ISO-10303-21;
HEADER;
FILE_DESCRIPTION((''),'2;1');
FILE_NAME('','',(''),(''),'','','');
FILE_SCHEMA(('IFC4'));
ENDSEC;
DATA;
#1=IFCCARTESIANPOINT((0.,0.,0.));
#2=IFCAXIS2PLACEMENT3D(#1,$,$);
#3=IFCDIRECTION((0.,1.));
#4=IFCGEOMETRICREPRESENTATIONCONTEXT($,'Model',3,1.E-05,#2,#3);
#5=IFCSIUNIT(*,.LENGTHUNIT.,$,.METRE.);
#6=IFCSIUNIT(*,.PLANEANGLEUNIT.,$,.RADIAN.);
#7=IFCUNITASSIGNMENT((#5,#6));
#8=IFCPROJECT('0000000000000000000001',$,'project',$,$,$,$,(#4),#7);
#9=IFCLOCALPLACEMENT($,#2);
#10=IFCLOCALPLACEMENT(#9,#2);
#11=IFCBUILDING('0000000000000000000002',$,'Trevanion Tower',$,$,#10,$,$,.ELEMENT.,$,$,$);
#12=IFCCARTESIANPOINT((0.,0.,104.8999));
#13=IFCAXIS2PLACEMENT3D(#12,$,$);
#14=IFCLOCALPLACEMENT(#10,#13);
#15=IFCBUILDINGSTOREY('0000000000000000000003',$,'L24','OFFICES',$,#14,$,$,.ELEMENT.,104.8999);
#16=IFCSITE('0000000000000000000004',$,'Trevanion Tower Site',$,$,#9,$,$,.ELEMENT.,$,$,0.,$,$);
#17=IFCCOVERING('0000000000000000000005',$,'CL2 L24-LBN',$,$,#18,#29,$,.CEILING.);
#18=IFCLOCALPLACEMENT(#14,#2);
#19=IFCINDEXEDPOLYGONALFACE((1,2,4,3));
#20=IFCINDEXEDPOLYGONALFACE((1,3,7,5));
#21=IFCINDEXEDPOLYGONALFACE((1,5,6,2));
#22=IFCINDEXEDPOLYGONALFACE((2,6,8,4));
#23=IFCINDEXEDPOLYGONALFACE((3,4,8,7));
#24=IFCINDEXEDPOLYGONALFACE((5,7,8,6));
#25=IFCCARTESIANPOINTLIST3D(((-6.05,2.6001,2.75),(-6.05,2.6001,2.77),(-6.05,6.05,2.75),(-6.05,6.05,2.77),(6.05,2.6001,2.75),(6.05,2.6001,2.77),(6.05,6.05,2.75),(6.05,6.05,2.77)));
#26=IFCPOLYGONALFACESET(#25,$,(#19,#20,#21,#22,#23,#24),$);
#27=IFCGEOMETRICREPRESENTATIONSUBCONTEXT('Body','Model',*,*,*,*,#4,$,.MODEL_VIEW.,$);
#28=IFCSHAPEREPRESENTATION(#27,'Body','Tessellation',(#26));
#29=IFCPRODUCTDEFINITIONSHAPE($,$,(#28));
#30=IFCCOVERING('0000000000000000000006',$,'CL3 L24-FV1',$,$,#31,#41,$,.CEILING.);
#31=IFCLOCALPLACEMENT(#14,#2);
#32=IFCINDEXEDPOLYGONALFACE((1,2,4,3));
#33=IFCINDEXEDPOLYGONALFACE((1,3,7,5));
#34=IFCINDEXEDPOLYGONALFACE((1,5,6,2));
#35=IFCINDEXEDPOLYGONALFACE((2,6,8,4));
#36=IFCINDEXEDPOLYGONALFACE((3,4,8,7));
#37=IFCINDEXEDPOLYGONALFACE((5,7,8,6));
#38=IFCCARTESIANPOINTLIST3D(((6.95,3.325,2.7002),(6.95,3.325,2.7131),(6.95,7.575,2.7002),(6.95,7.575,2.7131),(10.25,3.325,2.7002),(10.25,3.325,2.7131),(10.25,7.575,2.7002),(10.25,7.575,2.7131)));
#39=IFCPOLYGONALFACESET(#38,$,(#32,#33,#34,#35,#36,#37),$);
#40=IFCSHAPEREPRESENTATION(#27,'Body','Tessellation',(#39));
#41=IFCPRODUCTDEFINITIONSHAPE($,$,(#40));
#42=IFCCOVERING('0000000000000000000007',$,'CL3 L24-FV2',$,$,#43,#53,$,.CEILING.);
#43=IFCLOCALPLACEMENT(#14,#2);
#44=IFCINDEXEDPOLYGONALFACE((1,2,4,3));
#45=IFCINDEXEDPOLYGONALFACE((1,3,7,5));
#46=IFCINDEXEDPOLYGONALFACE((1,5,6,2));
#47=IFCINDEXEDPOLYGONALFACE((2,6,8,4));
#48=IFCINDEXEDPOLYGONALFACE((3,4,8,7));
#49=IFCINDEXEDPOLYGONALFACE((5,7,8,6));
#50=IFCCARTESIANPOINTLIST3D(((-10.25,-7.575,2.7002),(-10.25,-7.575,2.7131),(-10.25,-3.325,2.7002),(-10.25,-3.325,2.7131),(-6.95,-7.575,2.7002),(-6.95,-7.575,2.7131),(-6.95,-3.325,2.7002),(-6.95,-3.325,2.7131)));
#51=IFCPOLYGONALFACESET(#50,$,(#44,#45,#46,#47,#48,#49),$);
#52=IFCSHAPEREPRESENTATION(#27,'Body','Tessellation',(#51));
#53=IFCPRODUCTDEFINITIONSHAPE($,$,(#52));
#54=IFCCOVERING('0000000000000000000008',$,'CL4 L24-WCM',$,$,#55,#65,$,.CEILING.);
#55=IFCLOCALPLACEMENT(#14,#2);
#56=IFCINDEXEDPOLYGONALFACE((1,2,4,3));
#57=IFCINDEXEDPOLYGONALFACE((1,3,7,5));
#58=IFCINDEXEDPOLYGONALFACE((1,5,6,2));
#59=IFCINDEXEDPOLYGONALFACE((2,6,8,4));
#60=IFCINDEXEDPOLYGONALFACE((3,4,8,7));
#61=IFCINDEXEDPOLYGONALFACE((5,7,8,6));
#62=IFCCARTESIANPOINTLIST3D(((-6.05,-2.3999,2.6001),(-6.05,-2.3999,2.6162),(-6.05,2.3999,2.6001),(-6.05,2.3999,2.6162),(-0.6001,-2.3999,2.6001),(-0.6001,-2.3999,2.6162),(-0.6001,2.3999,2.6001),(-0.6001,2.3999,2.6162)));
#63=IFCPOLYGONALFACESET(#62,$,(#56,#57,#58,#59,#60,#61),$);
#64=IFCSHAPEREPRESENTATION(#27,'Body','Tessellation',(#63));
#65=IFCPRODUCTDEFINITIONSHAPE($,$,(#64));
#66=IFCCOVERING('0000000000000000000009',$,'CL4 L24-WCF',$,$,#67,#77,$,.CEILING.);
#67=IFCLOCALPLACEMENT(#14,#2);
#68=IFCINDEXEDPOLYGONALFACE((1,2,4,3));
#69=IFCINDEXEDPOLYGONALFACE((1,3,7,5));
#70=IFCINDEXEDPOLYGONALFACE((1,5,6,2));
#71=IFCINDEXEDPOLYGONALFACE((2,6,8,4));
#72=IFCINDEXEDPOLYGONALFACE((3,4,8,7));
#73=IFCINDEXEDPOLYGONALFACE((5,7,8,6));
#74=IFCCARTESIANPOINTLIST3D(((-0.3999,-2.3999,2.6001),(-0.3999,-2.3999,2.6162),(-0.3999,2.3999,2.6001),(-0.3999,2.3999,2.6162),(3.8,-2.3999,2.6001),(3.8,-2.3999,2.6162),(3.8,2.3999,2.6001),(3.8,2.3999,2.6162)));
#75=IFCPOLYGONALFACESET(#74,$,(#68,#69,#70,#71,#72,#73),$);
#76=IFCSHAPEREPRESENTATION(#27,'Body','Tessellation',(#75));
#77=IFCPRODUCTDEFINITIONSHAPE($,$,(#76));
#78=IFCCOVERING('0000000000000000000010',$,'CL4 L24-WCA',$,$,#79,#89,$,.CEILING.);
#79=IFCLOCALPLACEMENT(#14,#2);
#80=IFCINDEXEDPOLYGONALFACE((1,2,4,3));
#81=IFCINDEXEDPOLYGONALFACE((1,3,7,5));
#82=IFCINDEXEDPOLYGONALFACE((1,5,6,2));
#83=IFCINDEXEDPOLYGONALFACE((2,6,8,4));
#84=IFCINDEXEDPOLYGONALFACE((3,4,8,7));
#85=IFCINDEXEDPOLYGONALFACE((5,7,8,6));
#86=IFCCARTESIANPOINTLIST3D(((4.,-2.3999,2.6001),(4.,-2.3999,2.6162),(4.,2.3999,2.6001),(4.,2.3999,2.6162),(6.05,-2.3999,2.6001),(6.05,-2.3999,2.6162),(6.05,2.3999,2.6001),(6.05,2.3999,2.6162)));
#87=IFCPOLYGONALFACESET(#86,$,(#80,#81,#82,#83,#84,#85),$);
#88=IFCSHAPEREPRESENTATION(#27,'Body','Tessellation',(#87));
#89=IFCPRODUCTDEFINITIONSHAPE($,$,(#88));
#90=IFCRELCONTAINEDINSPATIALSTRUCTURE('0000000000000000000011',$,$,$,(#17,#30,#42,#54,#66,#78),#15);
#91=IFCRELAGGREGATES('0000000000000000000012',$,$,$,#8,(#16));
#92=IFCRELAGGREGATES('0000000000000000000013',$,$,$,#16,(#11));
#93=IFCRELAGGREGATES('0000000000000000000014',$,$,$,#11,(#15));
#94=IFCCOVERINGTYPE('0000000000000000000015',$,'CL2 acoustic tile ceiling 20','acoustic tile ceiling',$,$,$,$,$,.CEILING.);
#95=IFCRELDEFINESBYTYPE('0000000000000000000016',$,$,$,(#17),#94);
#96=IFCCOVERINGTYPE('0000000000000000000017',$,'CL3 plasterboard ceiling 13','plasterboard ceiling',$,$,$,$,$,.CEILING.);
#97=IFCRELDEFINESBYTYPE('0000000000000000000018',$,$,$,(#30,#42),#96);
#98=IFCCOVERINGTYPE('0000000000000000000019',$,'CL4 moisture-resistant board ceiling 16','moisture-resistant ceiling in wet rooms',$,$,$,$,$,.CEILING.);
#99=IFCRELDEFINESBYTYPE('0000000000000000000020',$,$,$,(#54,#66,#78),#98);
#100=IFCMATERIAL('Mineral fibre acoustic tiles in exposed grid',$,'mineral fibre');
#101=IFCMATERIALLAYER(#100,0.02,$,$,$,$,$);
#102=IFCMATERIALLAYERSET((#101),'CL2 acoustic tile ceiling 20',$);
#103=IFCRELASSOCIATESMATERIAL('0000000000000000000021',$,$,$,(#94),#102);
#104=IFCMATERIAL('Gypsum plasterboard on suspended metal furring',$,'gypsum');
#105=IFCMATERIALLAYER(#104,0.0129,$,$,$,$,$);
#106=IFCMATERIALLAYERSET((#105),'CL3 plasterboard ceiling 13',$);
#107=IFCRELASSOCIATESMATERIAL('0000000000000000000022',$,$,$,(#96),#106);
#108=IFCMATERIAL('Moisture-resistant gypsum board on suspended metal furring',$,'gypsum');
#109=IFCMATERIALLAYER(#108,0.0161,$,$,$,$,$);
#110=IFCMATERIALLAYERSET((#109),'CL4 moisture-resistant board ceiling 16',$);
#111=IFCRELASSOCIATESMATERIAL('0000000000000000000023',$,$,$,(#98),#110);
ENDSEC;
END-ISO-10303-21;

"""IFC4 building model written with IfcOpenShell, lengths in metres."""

from ifc_helpers import new_model, si_unit, direction, frame, origin, place, context, subcontext, project, spatial, polyline, outline, extrude, material, layer, layer_set, type_object, element, save


model = new_model("IFC4")

# Units and contexts
model_context = context("Model", 3, precision=1e-05, world=origin(), true_north=direction((0.0, 1.0)))
body_context = subcontext(model_context, "Body", "Model", "MODEL_VIEW")
ifc_project = project(units=[si_unit("LENGTHUNIT", "METRE"), si_unit("PLANEANGLEUNIT", "RADIAN")], contexts=[model_context])

# Site, building, storey
site_placement = place(None, origin())
site = spatial("IfcSite", under=ifc_project, at=site_placement, Name="Trevanion Tower Site", CompositionType="ELEMENT", RefElevation=0.0)
building_placement = place(site_placement, origin())
building = spatial("IfcBuilding", under=site, at=building_placement, Name="Trevanion Tower", CompositionType="ELEMENT")
storey_placement = place(building_placement, frame((0.0, 0.0, 104.8999)))
storey = spatial("IfcBuildingStorey", under=building, at=storey_placement, Name="L24", Description="OFFICES", CompositionType="ELEMENT", Elevation=104.8999)

# Coverings
ifc_material_1 = material(Name="Mineral fibre acoustic tiles in exposed grid", Category="mineral fibre")
ifc_layer_1 = layer(ifc_material_1, 0.02)
ifc_layer_set_1 = layer_set([ifc_layer_1], Name="CL2 acoustic tile ceiling 20")
covering_type_1 = type_object("IfcCoveringType", Name="CL2 acoustic tile ceiling 20", Description="acoustic tile ceiling", PredefinedType="CEILING", material=ifc_layer_set_1)
covering_1_placement = place(storey_placement, frame((0.0, 0.0, 2.75)))
element("IfcCovering", 1, at=covering_1_placement, inside=storey, type_object=covering_type_1, Name="CL2 L24-LBN", PredefinedType="CEILING", context=body_context, shape_type="SweptSolid", body=[
    extrude(outline(polyline([(6.05, 2.6001), (6.05, 6.05), (-6.05, 6.05), (-6.05, 2.6001), (6.05, 2.6001)])), origin(), (0.0, 0.0, 1.0), 0.02),
])
ifc_material_2 = material(Name="Gypsum plasterboard on suspended metal furring", Category="gypsum")
ifc_layer_2 = layer(ifc_material_2, 0.0129)
ifc_layer_set_2 = layer_set([ifc_layer_2], Name="CL3 plasterboard ceiling 13")
covering_type_2 = type_object("IfcCoveringType", Name="CL3 plasterboard ceiling 13", Description="plasterboard ceiling", PredefinedType="CEILING", material=ifc_layer_set_2)
covering_2_placement = place(storey_placement, frame((0.0, 0.0, 2.7002)))
element("IfcCovering", 2, at=covering_2_placement, inside=storey, type_object=covering_type_2, Name="CL3 L24-FV1", PredefinedType="CEILING", context=body_context, shape_type="SweptSolid", body=[
    extrude(outline(polyline([(10.25, 3.325), (10.25, 7.575), (6.95, 7.575), (6.95, 3.325), (10.25, 3.325)])), origin(), (0.0, 0.0, 1.0), 0.0129),
])
covering_3_placement = place(storey_placement, frame((0.0, 0.0, 2.7002)))
element("IfcCovering", 3, at=covering_3_placement, inside=storey, type_object=covering_type_2, Name="CL3 L24-FV2", PredefinedType="CEILING", context=body_context, shape_type="SweptSolid", body=[
    extrude(outline(polyline([(-10.25, -3.325), (-10.25, -7.575), (-6.95, -7.575), (-6.95, -3.325), (-10.25, -3.325)])), origin(), (0.0, 0.0, 1.0), 0.0129),
])
ifc_material_3 = material(Name="Moisture-resistant gypsum board on suspended metal furring", Category="gypsum")
ifc_layer_3 = layer(ifc_material_3, 0.0161)
ifc_layer_set_3 = layer_set([ifc_layer_3], Name="CL4 moisture-resistant board ceiling 16")
covering_type_3 = type_object("IfcCoveringType", Name="CL4 moisture-resistant board ceiling 16", Description="moisture-resistant ceiling in wet rooms", PredefinedType="CEILING", material=ifc_layer_set_3)
covering_4_placement = place(storey_placement, frame((0.0, 0.0, 2.6001)))
element("IfcCovering", 4, at=covering_4_placement, inside=storey, type_object=covering_type_3, Name="CL4 L24-WCM", PredefinedType="CEILING", context=body_context, shape_type="SweptSolid", body=[
    extrude(outline(polyline([(-0.6001, -2.3999), (-0.6001, 2.3999), (-6.05, 2.3999), (-6.05, -2.3999), (-0.6001, -2.3999)])), origin(), (0.0, 0.0, 1.0), 0.0161),
])
covering_5_placement = place(storey_placement, frame((0.0, 0.0, 2.6001)))
element("IfcCovering", 5, at=covering_5_placement, inside=storey, type_object=covering_type_3, Name="CL4 L24-WCF", PredefinedType="CEILING", context=body_context, shape_type="SweptSolid", body=[
    extrude(outline(polyline([(3.8, -2.3999), (3.8, 2.3999), (-0.3999, 2.3999), (-0.3999, -2.3999), (3.8, -2.3999)])), origin(), (0.0, 0.0, 1.0), 0.0161),
])
covering_6_placement = place(storey_placement, frame((0.0, 0.0, 2.6001)))
element("IfcCovering", 6, at=covering_6_placement, inside=storey, type_object=covering_type_3, Name="CL4 L24-WCA", PredefinedType="CEILING", context=body_context, shape_type="SweptSolid", body=[
    extrude(outline(polyline([(6.05, -2.3999), (6.05, 2.3999), (4.0, 2.3999), (4.0, -2.3999), (6.05, -2.3999)])), origin(), (0.0, 0.0, 1.0), 0.0161),
])

save(model, "model.ifc")
